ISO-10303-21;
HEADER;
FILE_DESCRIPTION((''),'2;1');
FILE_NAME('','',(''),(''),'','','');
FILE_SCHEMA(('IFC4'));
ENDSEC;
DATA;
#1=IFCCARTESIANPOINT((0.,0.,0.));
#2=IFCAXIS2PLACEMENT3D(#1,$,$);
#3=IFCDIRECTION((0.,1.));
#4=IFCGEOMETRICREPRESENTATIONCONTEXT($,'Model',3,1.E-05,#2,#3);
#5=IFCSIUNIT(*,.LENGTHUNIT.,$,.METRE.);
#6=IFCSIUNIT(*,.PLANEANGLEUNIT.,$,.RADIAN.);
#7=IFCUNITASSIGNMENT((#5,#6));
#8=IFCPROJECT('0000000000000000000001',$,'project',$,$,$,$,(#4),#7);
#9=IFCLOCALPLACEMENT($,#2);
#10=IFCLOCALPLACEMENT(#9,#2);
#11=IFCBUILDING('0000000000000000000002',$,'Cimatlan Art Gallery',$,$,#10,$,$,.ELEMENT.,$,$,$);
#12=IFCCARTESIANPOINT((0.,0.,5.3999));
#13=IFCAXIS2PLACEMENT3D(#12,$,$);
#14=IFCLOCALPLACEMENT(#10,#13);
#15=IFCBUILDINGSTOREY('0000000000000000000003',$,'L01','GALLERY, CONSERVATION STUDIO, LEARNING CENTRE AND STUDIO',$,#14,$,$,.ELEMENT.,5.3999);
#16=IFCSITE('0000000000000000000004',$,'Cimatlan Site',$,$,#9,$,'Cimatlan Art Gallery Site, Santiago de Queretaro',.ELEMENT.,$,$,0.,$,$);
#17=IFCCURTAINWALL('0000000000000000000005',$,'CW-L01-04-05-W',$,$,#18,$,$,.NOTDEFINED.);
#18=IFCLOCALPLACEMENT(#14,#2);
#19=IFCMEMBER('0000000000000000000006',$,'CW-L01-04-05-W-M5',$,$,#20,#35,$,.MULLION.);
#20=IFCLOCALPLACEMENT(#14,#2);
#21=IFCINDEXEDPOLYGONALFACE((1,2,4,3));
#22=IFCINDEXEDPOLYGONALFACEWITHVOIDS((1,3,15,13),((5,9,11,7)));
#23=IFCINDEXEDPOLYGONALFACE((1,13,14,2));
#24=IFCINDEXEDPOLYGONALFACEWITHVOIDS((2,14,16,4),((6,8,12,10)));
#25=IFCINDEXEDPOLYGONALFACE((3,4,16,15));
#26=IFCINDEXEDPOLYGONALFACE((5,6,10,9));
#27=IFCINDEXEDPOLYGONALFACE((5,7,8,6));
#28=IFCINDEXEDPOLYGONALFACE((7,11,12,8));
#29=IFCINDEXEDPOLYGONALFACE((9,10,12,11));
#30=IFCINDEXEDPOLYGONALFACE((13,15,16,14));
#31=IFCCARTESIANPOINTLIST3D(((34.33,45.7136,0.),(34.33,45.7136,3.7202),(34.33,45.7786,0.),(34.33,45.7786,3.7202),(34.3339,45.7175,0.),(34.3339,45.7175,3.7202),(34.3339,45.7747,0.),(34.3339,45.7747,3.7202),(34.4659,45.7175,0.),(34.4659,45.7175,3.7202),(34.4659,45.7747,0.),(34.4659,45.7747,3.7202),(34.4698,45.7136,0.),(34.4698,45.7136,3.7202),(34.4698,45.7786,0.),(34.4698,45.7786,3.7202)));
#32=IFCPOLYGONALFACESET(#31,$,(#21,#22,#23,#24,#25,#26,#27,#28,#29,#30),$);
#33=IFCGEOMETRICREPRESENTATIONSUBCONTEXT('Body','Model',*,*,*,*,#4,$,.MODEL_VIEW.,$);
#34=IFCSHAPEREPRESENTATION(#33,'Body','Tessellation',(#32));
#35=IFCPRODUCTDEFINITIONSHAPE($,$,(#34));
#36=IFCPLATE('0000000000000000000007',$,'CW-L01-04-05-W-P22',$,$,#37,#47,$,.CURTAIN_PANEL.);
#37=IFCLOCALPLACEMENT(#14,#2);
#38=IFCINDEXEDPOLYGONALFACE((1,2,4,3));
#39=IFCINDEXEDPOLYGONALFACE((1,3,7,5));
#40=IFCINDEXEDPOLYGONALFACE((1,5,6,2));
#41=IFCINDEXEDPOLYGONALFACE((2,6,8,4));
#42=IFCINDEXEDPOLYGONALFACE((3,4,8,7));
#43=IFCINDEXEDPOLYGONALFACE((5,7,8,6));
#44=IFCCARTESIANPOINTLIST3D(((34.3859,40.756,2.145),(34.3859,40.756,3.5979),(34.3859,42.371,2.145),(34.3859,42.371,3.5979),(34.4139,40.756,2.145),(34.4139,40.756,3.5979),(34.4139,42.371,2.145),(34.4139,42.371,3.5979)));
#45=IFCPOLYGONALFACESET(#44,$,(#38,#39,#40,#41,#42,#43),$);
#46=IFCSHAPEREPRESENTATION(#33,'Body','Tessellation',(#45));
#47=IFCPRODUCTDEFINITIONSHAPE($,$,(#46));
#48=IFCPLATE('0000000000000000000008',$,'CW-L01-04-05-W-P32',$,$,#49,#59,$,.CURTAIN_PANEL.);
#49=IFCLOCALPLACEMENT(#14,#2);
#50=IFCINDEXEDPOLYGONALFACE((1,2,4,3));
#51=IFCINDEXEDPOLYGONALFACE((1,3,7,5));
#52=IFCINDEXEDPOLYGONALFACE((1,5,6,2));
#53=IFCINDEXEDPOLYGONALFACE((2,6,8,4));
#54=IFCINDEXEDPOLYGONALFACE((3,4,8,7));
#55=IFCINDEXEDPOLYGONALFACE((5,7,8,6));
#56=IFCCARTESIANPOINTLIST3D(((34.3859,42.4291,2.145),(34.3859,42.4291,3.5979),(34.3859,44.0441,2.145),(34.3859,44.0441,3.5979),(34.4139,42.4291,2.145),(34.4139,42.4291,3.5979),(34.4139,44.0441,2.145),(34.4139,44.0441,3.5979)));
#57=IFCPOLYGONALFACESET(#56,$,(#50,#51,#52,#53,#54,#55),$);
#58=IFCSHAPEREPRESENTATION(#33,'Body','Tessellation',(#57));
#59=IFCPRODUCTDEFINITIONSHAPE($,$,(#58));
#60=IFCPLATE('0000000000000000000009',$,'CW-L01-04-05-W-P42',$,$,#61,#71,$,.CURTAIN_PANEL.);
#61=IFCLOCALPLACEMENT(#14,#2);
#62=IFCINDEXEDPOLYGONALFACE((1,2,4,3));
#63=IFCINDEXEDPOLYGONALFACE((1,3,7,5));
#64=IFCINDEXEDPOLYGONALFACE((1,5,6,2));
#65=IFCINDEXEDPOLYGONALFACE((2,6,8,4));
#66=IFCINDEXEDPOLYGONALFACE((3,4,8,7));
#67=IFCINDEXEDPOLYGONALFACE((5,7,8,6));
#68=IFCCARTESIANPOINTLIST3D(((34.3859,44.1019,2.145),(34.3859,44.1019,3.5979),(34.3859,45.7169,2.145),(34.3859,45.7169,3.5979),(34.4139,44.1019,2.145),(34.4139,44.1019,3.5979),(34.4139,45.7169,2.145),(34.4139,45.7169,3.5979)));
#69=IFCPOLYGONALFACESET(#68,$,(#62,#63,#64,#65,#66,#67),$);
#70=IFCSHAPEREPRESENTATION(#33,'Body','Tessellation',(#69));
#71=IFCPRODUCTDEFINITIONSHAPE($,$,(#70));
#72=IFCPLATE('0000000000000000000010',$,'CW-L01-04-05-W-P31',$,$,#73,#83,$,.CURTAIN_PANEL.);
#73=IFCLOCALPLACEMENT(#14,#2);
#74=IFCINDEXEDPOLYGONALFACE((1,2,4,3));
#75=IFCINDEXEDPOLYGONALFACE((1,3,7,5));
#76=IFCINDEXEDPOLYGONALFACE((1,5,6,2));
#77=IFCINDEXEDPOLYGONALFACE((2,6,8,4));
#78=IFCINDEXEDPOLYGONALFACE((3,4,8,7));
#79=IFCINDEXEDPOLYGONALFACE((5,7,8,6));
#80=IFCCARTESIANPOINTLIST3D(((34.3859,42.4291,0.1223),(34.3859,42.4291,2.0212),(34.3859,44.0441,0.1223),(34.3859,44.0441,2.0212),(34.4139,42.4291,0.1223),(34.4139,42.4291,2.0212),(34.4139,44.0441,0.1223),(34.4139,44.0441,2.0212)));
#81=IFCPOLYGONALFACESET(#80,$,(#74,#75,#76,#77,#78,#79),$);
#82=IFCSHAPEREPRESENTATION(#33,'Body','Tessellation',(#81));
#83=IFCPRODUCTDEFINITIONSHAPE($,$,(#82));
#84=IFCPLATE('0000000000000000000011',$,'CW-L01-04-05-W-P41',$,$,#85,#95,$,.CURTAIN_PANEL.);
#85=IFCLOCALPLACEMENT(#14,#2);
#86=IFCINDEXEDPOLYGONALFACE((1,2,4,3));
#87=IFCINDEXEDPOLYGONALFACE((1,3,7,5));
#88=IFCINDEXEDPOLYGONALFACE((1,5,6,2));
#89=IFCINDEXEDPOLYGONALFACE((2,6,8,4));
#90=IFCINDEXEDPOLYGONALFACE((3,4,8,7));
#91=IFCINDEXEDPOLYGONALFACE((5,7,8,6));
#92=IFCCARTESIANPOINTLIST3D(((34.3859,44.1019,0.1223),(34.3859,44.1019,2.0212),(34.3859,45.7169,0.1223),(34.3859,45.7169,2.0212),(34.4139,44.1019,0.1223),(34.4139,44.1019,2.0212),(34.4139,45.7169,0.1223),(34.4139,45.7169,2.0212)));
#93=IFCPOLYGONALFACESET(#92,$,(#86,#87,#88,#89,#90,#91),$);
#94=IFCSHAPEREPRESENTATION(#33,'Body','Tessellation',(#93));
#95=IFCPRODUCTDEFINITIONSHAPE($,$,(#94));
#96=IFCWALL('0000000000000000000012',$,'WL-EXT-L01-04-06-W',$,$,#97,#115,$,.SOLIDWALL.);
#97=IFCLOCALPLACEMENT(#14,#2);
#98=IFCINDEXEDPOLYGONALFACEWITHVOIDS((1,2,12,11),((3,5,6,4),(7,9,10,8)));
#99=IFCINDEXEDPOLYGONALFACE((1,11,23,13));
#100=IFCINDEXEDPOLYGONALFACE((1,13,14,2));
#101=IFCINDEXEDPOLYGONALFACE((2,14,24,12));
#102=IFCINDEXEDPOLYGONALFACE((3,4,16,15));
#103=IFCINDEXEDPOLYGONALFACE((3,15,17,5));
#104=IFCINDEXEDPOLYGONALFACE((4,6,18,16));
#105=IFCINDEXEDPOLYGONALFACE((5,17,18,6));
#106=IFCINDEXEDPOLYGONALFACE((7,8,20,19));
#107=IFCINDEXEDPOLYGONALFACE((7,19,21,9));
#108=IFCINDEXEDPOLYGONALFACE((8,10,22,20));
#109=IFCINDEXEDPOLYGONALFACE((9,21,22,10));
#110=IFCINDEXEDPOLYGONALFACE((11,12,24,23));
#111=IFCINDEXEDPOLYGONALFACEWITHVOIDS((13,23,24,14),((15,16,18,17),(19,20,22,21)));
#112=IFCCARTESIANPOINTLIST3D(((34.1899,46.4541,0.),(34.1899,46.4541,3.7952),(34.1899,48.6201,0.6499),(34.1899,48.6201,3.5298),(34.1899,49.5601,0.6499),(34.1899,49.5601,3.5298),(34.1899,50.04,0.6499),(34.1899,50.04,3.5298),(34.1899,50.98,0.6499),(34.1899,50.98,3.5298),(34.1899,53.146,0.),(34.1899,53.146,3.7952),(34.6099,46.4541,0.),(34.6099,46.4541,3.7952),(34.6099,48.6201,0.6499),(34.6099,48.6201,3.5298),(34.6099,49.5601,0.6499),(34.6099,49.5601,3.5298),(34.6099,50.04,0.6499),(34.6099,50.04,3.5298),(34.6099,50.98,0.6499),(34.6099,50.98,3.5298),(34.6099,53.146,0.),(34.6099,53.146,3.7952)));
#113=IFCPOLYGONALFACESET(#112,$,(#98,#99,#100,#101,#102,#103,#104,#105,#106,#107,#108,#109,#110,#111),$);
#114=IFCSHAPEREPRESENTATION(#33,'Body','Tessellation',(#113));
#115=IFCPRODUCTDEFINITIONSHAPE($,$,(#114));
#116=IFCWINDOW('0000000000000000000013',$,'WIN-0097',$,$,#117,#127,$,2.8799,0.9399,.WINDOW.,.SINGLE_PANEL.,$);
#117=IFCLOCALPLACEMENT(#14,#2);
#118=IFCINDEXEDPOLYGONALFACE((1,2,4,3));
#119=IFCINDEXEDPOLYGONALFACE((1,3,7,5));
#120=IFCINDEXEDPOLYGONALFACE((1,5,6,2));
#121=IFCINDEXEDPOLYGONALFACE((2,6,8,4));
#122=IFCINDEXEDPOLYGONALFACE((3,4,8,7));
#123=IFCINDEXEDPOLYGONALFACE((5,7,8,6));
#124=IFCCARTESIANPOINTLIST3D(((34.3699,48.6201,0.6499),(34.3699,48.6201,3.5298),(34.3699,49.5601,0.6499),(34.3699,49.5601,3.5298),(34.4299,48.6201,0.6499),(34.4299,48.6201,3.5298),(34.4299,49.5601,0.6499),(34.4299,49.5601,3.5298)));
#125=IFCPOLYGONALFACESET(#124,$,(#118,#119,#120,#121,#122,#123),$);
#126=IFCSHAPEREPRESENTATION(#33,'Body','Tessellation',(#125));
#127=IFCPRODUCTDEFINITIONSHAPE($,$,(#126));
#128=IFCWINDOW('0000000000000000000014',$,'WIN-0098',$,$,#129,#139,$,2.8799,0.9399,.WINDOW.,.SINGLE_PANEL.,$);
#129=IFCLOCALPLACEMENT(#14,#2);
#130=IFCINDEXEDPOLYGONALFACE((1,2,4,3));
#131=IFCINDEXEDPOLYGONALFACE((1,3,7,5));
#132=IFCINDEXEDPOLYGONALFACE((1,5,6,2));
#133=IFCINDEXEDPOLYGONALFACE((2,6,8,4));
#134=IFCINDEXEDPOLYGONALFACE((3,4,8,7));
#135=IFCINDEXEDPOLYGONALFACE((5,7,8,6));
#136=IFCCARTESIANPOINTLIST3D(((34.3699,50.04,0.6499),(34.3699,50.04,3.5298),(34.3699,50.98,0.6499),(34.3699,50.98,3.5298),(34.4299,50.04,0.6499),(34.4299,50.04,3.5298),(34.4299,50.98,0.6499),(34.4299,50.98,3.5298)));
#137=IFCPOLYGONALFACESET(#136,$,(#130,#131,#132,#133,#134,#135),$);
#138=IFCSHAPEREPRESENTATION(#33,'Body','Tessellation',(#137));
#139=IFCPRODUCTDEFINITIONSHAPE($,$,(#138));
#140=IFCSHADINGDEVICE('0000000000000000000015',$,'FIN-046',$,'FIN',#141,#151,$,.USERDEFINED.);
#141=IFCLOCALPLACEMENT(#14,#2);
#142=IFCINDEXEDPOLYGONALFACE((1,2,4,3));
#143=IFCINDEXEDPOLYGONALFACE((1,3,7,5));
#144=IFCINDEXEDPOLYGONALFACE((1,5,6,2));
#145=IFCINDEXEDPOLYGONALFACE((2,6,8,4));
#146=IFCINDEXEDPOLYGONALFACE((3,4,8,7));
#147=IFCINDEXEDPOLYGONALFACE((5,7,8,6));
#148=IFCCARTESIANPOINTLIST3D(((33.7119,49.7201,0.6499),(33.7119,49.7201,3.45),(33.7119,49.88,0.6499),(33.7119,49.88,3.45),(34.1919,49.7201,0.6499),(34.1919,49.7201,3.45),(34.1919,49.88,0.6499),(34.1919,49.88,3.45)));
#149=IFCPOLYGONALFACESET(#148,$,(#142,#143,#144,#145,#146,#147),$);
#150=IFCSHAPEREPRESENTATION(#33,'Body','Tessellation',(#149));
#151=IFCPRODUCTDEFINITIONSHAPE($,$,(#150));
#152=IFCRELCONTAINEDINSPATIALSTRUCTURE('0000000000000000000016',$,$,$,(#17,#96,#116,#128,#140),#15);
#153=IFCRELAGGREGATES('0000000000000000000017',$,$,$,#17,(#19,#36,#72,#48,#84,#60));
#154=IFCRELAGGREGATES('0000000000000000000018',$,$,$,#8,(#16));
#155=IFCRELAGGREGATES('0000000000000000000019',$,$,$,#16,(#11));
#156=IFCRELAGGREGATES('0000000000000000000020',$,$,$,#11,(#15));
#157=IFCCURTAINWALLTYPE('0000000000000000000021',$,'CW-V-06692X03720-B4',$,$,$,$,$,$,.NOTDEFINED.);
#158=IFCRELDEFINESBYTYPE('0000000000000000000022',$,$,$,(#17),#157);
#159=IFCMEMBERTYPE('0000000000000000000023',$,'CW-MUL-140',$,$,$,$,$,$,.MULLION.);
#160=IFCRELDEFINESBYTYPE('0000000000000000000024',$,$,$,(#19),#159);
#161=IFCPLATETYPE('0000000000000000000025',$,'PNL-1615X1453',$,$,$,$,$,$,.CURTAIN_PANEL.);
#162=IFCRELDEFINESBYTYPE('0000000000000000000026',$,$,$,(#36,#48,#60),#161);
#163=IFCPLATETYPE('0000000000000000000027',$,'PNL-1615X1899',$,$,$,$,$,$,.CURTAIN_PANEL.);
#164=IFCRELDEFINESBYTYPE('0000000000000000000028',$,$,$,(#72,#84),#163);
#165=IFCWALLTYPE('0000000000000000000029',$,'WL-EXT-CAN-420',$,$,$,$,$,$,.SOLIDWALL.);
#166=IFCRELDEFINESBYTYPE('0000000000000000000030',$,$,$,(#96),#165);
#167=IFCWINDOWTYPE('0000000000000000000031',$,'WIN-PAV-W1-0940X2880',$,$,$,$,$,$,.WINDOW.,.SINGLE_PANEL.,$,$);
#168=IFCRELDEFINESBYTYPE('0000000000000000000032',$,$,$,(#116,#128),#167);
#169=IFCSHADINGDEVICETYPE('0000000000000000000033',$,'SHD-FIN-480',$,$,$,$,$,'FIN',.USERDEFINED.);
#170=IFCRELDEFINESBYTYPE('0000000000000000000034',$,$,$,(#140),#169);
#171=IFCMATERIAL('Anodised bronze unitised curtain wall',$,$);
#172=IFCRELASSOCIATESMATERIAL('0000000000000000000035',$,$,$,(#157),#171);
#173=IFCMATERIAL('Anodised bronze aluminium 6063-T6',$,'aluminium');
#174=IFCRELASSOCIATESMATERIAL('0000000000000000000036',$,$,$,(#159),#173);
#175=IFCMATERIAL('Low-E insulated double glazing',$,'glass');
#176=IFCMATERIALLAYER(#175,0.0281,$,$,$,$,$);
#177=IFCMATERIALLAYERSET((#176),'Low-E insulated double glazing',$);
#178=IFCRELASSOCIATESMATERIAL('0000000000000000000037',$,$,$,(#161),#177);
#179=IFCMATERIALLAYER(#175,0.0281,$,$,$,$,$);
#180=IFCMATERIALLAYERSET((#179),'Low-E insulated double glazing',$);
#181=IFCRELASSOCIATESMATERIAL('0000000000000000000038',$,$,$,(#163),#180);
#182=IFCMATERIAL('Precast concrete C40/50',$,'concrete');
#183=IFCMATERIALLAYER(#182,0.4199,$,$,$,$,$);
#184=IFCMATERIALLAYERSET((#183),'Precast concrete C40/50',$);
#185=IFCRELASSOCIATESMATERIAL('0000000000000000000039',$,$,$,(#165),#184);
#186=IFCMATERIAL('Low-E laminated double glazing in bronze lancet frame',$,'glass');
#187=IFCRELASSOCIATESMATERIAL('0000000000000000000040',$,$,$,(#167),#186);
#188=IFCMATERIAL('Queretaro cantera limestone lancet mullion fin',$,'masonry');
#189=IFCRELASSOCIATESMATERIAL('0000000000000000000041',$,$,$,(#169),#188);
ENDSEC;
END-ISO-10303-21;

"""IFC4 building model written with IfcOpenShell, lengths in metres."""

from ifc_helpers import new_model, si_unit, direction, frame, frame_2d, origin, origin_2d, place, context, subcontext, project, spatial, rectangle, hollow_rectangle, extrude, material, layer, layer_set, material_profile, profile_set, type_object, element, fill, aggregate, save


model = new_model("IFC4")

# Units and contexts
model_context = context("Model", 3, precision=1e-05, world=origin(), true_north=direction((0.0, 1.0)))
body_context = subcontext(model_context, "Body", "Model", "MODEL_VIEW")
ifc_project = project(units=[si_unit("LENGTHUNIT", "METRE"), si_unit("PLANEANGLEUNIT", "RADIAN")], contexts=[model_context])

# Site, building, storey
site_placement = place(None, origin())
site = spatial("IfcSite", under=ifc_project, at=site_placement, Name="Cimatlan Site", LongName="Cimatlan Art Gallery Site, Santiago de Queretaro", CompositionType="ELEMENT", RefElevation=0.0)
building_placement = place(site_placement, origin())
building = spatial("IfcBuilding", under=site, at=building_placement, Name="Cimatlan Art Gallery", CompositionType="ELEMENT")
storey_placement = place(building_placement, frame((0.0, 0.0, 5.3999)))
storey = spatial("IfcBuildingStorey", under=building, at=storey_placement, Name="L01", Description="GALLERY, CONSERVATION STUDIO, LEARNING CENTRE AND STUDIO", CompositionType="ELEMENT", Elevation=5.3999)

# Curtain wall, member, plates
ifc_material_1 = material(Name="Anodised bronze unitised curtain wall")
curtain_wall_type = type_object("IfcCurtainWallType", Name="CW-V-06692X03720-B4", PredefinedType="NOTDEFINED", material=ifc_material_1)
curtain_wall_placement = place(storey_placement, origin())
curtain_wall = element("IfcCurtainWall", 1, at=curtain_wall_placement, inside=storey, type_object=curtain_wall_type, Name="CW-L01-04-05-W", PredefinedType="NOTDEFINED")
ifc_material_2 = material(Name="Anodised bronze aluminium 6063-T6", Category="aluminium")
ifc_material_profile_1 = material_profile(ifc_material_2, hollow_rectangle(XDim=0.0649, YDim=0.1399, WallThickness=0.0039, at=origin_2d()), Name="ALU65X140X4")
ifc_profile_set_1 = profile_set([ifc_material_profile_1], Name="Anodised bronze aluminium 6063-T6")
member_type = type_object("IfcMemberType", Name="CW-MUL-140", PredefinedType="MULLION", material=ifc_profile_set_1)
member_1_placement = place(storey_placement, frame((34.3999, 45.7461, 0.0), z_axis=(0.0, 0.0, 1.0), x_axis=(0.0, 1.0, 0.0)))
member_1 = element("IfcMember", 2, at=member_1_placement, type_object=member_type, Name="CW-L01-04-05-W-M5", PredefinedType="MULLION", context=body_context, shape_type="SweptSolid", body=[
    extrude(hollow_rectangle(XDim=0.0649, YDim=0.1399, WallThickness=0.0039, at=origin_2d()), origin(), (0.0, 0.0, 1.0), 3.7202),
])
ifc_material_3 = material(Name="Low-E insulated double glazing", Category="glass")
ifc_layer_1 = layer(ifc_material_3, 0.0281)
ifc_layer_set_1 = layer_set([ifc_layer_1], Name="Low-E insulated double glazing")
plate_type_1 = type_object("IfcPlateType", Name="PNL-1615X1453", PredefinedType="CURTAIN_PANEL", material=ifc_layer_set_1)
plate_1_placement = place(storey_placement, frame((34.3999, 41.5635, 2.145), z_axis=(0.0, 0.0, 1.0), x_axis=(0.0, 1.0, 0.0)))
plate_1 = element("IfcPlate", 3, at=plate_1_placement, type_object=plate_type_1, Name="CW-L01-04-05-W-P22", PredefinedType="CURTAIN_PANEL", context=body_context, shape_type="SweptSolid", body=[
    extrude(rectangle(XDim=1.615, YDim=0.0281, at=origin_2d()), origin(), (0.0, 0.0, 1.0), 1.4529),
])
plate_2_placement = place(storey_placement, frame((34.3999, 43.2366, 2.145), z_axis=(0.0, 0.0, 1.0), x_axis=(0.0, 1.0, 0.0)))
plate_2 = element("IfcPlate", 4, at=plate_2_placement, type_object=plate_type_1, Name="CW-L01-04-05-W-P32", PredefinedType="CURTAIN_PANEL", context=body_context, shape_type="SweptSolid", body=[
    extrude(rectangle(XDim=1.615, YDim=0.0281, at=origin_2d()), origin(), (0.0, 0.0, 1.0), 1.4529),
])
plate_3_placement = place(storey_placement, frame((34.3999, 44.9094, 2.145), z_axis=(0.0, 0.0, 1.0), x_axis=(0.0, 1.0, 0.0)))
plate_3 = element("IfcPlate", 5, at=plate_3_placement, type_object=plate_type_1, Name="CW-L01-04-05-W-P42", PredefinedType="CURTAIN_PANEL", context=body_context, shape_type="SweptSolid", body=[
    extrude(rectangle(XDim=1.615, YDim=0.0281, at=origin_2d()), origin(), (0.0, 0.0, 1.0), 1.4529),
])
ifc_layer_2 = layer(ifc_material_3, 0.0281)
ifc_layer_set_2 = layer_set([ifc_layer_2], Name="Low-E insulated double glazing")
plate_type_2 = type_object("IfcPlateType", Name="PNL-1615X1899", PredefinedType="CURTAIN_PANEL", material=ifc_layer_set_2)
plate_4_placement = place(storey_placement, frame((34.3999, 43.2366, 0.1223), z_axis=(0.0, 0.0, 1.0), x_axis=(0.0, 1.0, 0.0)))
plate_4 = element("IfcPlate", 6, at=plate_4_placement, type_object=plate_type_2, Name="CW-L01-04-05-W-P31", PredefinedType="CURTAIN_PANEL", context=body_context, shape_type="SweptSolid", body=[
    extrude(rectangle(XDim=1.615, YDim=0.0281, at=origin_2d()), origin(), (0.0, 0.0, 1.0), 1.8989),
])
plate_5_placement = place(storey_placement, frame((34.3999, 44.9094, 0.1223), z_axis=(0.0, 0.0, 1.0), x_axis=(0.0, 1.0, 0.0)))
plate_5 = element("IfcPlate", 7, at=plate_5_placement, type_object=plate_type_2, Name="CW-L01-04-05-W-P41", PredefinedType="CURTAIN_PANEL", context=body_context, shape_type="SweptSolid", body=[
    extrude(rectangle(XDim=1.615, YDim=0.0281, at=origin_2d()), origin(), (0.0, 0.0, 1.0), 1.8989),
])
aggregate(curtain_wall, [member_1, plate_1, plate_4, plate_2, plate_5, plate_3])

# Wall, openings, windows
ifc_material_4 = material(Name="Precast concrete C40/50", Category="concrete")
ifc_layer_3 = layer(ifc_material_4, 0.4199)
ifc_layer_set_3 = layer_set([ifc_layer_3], Name="Precast concrete C40/50")
wall_type = type_object("IfcWallType", Name="WL-EXT-CAN-420", PredefinedType="SOLIDWALL", material=ifc_layer_set_3)
wall_placement = place(storey_placement, frame((34.3999, 46.4541, 0.0), z_axis=(0.0, 0.0, 1.0), x_axis=(0.0, 1.0, 0.0)))
wall = element("IfcWall", 8, at=wall_placement, inside=storey, type_object=wall_type, Name="WL-EXT-L01-04-06-W", PredefinedType="SOLIDWALL", context=body_context, shape_type="SweptSolid", body=[
    extrude(rectangle(XDim=6.6919, YDim=0.4199, at=frame_2d((3.3459, 0.0))), origin(), (0.0, 0.0, 1.0), 3.7952),
])
opening_1_placement = place(wall_placement, frame((2.166, 0.0, 0.6499)))
opening_1 = element("IfcOpeningElement", 9, at=opening_1_placement, cuts=wall, PredefinedType="OPENING", context=body_context, shape_type="SweptSolid", body=[
    extrude(rectangle(XDim=0.9399, YDim=2.8799, at=frame_2d((0.47, 1.4399))), frame((0.0, 0.22, 0.0), z_axis=(0.0, -1.0, 0.0), x_axis=(1.0, 0.0, 0.0)), (0.0, 0.0, 1.0), 0.4399),
])
opening_2_placement = place(wall_placement, frame((3.5859, 0.0, 0.6499)))
opening_2 = element("IfcOpeningElement", 10, at=opening_2_placement, cuts=wall, PredefinedType="OPENING", context=body_context, shape_type="SweptSolid", body=[
    extrude(rectangle(XDim=0.9399, YDim=2.8799, at=frame_2d((0.47, 1.4399))), frame((0.0, 0.22, 0.0), z_axis=(0.0, -1.0, 0.0), x_axis=(1.0, 0.0, 0.0)), (0.0, 0.0, 1.0), 0.4399),
])
ifc_material_5 = material(Name="Low-E laminated double glazing in bronze lancet frame", Category="glass")
window_type = type_object("IfcWindowType", Name="WIN-PAV-W1-0940X2880", PartitioningType="SINGLE_PANEL", PredefinedType="WINDOW", material=ifc_material_5)
window_1_placement = place(opening_1_placement, origin())
window_1 = element("IfcWindow", 11, at=window_1_placement, inside=storey, type_object=window_type, Name="WIN-0097", OverallHeight=2.8799, OverallWidth=0.9399, PartitioningType="SINGLE_PANEL", PredefinedType="WINDOW", context=body_context, shape_type="SweptSolid", body=[
    extrude(rectangle(XDim=0.9399, YDim=2.8799, at=frame_2d((0.47, 1.4399))), frame((0.0, 0.03, 0.0), z_axis=(0.0, -1.0, 0.0), x_axis=(1.0, 0.0, 0.0)), (0.0, 0.0, 1.0), 0.0601),
])
fill(opening_1, window_1)
window_2_placement = place(opening_2_placement, origin())
window_2 = element("IfcWindow", 12, at=window_2_placement, inside=storey, type_object=window_type, Name="WIN-0098", OverallHeight=2.8799, OverallWidth=0.9399, PartitioningType="SINGLE_PANEL", PredefinedType="WINDOW", context=body_context, shape_type="SweptSolid", body=[
    extrude(rectangle(XDim=0.9399, YDim=2.8799, at=frame_2d((0.47, 1.4399))), frame((0.0, 0.03, 0.0), z_axis=(0.0, -1.0, 0.0), x_axis=(1.0, 0.0, 0.0)), (0.0, 0.0, 1.0), 0.0601),
])
fill(opening_2, window_2)

# Shading device
ifc_material_6 = material(Name="Queretaro cantera limestone lancet mullion fin", Category="masonry")
shading_device_type = type_object("IfcShadingDeviceType", Name="SHD-FIN-480", ElementType="FIN", PredefinedType="USERDEFINED", material=ifc_material_6)
shading_device_placement = place(storey_placement, frame((33.9519, 49.8, 0.6499), z_axis=(0.0, 0.0, 1.0), x_axis=(0.0, 1.0, 0.0)))
element("IfcShadingDevice", 13, at=shading_device_placement, inside=storey, type_object=shading_device_type, Name="FIN-046", ObjectType="FIN", PredefinedType="USERDEFINED", context=body_context, shape_type="SweptSolid", body=[
    extrude(rectangle(XDim=0.1599, YDim=0.48, at=origin_2d()), origin(), (0.0, 0.0, 1.0), 2.8),
])

save(model, "model.ifc")
